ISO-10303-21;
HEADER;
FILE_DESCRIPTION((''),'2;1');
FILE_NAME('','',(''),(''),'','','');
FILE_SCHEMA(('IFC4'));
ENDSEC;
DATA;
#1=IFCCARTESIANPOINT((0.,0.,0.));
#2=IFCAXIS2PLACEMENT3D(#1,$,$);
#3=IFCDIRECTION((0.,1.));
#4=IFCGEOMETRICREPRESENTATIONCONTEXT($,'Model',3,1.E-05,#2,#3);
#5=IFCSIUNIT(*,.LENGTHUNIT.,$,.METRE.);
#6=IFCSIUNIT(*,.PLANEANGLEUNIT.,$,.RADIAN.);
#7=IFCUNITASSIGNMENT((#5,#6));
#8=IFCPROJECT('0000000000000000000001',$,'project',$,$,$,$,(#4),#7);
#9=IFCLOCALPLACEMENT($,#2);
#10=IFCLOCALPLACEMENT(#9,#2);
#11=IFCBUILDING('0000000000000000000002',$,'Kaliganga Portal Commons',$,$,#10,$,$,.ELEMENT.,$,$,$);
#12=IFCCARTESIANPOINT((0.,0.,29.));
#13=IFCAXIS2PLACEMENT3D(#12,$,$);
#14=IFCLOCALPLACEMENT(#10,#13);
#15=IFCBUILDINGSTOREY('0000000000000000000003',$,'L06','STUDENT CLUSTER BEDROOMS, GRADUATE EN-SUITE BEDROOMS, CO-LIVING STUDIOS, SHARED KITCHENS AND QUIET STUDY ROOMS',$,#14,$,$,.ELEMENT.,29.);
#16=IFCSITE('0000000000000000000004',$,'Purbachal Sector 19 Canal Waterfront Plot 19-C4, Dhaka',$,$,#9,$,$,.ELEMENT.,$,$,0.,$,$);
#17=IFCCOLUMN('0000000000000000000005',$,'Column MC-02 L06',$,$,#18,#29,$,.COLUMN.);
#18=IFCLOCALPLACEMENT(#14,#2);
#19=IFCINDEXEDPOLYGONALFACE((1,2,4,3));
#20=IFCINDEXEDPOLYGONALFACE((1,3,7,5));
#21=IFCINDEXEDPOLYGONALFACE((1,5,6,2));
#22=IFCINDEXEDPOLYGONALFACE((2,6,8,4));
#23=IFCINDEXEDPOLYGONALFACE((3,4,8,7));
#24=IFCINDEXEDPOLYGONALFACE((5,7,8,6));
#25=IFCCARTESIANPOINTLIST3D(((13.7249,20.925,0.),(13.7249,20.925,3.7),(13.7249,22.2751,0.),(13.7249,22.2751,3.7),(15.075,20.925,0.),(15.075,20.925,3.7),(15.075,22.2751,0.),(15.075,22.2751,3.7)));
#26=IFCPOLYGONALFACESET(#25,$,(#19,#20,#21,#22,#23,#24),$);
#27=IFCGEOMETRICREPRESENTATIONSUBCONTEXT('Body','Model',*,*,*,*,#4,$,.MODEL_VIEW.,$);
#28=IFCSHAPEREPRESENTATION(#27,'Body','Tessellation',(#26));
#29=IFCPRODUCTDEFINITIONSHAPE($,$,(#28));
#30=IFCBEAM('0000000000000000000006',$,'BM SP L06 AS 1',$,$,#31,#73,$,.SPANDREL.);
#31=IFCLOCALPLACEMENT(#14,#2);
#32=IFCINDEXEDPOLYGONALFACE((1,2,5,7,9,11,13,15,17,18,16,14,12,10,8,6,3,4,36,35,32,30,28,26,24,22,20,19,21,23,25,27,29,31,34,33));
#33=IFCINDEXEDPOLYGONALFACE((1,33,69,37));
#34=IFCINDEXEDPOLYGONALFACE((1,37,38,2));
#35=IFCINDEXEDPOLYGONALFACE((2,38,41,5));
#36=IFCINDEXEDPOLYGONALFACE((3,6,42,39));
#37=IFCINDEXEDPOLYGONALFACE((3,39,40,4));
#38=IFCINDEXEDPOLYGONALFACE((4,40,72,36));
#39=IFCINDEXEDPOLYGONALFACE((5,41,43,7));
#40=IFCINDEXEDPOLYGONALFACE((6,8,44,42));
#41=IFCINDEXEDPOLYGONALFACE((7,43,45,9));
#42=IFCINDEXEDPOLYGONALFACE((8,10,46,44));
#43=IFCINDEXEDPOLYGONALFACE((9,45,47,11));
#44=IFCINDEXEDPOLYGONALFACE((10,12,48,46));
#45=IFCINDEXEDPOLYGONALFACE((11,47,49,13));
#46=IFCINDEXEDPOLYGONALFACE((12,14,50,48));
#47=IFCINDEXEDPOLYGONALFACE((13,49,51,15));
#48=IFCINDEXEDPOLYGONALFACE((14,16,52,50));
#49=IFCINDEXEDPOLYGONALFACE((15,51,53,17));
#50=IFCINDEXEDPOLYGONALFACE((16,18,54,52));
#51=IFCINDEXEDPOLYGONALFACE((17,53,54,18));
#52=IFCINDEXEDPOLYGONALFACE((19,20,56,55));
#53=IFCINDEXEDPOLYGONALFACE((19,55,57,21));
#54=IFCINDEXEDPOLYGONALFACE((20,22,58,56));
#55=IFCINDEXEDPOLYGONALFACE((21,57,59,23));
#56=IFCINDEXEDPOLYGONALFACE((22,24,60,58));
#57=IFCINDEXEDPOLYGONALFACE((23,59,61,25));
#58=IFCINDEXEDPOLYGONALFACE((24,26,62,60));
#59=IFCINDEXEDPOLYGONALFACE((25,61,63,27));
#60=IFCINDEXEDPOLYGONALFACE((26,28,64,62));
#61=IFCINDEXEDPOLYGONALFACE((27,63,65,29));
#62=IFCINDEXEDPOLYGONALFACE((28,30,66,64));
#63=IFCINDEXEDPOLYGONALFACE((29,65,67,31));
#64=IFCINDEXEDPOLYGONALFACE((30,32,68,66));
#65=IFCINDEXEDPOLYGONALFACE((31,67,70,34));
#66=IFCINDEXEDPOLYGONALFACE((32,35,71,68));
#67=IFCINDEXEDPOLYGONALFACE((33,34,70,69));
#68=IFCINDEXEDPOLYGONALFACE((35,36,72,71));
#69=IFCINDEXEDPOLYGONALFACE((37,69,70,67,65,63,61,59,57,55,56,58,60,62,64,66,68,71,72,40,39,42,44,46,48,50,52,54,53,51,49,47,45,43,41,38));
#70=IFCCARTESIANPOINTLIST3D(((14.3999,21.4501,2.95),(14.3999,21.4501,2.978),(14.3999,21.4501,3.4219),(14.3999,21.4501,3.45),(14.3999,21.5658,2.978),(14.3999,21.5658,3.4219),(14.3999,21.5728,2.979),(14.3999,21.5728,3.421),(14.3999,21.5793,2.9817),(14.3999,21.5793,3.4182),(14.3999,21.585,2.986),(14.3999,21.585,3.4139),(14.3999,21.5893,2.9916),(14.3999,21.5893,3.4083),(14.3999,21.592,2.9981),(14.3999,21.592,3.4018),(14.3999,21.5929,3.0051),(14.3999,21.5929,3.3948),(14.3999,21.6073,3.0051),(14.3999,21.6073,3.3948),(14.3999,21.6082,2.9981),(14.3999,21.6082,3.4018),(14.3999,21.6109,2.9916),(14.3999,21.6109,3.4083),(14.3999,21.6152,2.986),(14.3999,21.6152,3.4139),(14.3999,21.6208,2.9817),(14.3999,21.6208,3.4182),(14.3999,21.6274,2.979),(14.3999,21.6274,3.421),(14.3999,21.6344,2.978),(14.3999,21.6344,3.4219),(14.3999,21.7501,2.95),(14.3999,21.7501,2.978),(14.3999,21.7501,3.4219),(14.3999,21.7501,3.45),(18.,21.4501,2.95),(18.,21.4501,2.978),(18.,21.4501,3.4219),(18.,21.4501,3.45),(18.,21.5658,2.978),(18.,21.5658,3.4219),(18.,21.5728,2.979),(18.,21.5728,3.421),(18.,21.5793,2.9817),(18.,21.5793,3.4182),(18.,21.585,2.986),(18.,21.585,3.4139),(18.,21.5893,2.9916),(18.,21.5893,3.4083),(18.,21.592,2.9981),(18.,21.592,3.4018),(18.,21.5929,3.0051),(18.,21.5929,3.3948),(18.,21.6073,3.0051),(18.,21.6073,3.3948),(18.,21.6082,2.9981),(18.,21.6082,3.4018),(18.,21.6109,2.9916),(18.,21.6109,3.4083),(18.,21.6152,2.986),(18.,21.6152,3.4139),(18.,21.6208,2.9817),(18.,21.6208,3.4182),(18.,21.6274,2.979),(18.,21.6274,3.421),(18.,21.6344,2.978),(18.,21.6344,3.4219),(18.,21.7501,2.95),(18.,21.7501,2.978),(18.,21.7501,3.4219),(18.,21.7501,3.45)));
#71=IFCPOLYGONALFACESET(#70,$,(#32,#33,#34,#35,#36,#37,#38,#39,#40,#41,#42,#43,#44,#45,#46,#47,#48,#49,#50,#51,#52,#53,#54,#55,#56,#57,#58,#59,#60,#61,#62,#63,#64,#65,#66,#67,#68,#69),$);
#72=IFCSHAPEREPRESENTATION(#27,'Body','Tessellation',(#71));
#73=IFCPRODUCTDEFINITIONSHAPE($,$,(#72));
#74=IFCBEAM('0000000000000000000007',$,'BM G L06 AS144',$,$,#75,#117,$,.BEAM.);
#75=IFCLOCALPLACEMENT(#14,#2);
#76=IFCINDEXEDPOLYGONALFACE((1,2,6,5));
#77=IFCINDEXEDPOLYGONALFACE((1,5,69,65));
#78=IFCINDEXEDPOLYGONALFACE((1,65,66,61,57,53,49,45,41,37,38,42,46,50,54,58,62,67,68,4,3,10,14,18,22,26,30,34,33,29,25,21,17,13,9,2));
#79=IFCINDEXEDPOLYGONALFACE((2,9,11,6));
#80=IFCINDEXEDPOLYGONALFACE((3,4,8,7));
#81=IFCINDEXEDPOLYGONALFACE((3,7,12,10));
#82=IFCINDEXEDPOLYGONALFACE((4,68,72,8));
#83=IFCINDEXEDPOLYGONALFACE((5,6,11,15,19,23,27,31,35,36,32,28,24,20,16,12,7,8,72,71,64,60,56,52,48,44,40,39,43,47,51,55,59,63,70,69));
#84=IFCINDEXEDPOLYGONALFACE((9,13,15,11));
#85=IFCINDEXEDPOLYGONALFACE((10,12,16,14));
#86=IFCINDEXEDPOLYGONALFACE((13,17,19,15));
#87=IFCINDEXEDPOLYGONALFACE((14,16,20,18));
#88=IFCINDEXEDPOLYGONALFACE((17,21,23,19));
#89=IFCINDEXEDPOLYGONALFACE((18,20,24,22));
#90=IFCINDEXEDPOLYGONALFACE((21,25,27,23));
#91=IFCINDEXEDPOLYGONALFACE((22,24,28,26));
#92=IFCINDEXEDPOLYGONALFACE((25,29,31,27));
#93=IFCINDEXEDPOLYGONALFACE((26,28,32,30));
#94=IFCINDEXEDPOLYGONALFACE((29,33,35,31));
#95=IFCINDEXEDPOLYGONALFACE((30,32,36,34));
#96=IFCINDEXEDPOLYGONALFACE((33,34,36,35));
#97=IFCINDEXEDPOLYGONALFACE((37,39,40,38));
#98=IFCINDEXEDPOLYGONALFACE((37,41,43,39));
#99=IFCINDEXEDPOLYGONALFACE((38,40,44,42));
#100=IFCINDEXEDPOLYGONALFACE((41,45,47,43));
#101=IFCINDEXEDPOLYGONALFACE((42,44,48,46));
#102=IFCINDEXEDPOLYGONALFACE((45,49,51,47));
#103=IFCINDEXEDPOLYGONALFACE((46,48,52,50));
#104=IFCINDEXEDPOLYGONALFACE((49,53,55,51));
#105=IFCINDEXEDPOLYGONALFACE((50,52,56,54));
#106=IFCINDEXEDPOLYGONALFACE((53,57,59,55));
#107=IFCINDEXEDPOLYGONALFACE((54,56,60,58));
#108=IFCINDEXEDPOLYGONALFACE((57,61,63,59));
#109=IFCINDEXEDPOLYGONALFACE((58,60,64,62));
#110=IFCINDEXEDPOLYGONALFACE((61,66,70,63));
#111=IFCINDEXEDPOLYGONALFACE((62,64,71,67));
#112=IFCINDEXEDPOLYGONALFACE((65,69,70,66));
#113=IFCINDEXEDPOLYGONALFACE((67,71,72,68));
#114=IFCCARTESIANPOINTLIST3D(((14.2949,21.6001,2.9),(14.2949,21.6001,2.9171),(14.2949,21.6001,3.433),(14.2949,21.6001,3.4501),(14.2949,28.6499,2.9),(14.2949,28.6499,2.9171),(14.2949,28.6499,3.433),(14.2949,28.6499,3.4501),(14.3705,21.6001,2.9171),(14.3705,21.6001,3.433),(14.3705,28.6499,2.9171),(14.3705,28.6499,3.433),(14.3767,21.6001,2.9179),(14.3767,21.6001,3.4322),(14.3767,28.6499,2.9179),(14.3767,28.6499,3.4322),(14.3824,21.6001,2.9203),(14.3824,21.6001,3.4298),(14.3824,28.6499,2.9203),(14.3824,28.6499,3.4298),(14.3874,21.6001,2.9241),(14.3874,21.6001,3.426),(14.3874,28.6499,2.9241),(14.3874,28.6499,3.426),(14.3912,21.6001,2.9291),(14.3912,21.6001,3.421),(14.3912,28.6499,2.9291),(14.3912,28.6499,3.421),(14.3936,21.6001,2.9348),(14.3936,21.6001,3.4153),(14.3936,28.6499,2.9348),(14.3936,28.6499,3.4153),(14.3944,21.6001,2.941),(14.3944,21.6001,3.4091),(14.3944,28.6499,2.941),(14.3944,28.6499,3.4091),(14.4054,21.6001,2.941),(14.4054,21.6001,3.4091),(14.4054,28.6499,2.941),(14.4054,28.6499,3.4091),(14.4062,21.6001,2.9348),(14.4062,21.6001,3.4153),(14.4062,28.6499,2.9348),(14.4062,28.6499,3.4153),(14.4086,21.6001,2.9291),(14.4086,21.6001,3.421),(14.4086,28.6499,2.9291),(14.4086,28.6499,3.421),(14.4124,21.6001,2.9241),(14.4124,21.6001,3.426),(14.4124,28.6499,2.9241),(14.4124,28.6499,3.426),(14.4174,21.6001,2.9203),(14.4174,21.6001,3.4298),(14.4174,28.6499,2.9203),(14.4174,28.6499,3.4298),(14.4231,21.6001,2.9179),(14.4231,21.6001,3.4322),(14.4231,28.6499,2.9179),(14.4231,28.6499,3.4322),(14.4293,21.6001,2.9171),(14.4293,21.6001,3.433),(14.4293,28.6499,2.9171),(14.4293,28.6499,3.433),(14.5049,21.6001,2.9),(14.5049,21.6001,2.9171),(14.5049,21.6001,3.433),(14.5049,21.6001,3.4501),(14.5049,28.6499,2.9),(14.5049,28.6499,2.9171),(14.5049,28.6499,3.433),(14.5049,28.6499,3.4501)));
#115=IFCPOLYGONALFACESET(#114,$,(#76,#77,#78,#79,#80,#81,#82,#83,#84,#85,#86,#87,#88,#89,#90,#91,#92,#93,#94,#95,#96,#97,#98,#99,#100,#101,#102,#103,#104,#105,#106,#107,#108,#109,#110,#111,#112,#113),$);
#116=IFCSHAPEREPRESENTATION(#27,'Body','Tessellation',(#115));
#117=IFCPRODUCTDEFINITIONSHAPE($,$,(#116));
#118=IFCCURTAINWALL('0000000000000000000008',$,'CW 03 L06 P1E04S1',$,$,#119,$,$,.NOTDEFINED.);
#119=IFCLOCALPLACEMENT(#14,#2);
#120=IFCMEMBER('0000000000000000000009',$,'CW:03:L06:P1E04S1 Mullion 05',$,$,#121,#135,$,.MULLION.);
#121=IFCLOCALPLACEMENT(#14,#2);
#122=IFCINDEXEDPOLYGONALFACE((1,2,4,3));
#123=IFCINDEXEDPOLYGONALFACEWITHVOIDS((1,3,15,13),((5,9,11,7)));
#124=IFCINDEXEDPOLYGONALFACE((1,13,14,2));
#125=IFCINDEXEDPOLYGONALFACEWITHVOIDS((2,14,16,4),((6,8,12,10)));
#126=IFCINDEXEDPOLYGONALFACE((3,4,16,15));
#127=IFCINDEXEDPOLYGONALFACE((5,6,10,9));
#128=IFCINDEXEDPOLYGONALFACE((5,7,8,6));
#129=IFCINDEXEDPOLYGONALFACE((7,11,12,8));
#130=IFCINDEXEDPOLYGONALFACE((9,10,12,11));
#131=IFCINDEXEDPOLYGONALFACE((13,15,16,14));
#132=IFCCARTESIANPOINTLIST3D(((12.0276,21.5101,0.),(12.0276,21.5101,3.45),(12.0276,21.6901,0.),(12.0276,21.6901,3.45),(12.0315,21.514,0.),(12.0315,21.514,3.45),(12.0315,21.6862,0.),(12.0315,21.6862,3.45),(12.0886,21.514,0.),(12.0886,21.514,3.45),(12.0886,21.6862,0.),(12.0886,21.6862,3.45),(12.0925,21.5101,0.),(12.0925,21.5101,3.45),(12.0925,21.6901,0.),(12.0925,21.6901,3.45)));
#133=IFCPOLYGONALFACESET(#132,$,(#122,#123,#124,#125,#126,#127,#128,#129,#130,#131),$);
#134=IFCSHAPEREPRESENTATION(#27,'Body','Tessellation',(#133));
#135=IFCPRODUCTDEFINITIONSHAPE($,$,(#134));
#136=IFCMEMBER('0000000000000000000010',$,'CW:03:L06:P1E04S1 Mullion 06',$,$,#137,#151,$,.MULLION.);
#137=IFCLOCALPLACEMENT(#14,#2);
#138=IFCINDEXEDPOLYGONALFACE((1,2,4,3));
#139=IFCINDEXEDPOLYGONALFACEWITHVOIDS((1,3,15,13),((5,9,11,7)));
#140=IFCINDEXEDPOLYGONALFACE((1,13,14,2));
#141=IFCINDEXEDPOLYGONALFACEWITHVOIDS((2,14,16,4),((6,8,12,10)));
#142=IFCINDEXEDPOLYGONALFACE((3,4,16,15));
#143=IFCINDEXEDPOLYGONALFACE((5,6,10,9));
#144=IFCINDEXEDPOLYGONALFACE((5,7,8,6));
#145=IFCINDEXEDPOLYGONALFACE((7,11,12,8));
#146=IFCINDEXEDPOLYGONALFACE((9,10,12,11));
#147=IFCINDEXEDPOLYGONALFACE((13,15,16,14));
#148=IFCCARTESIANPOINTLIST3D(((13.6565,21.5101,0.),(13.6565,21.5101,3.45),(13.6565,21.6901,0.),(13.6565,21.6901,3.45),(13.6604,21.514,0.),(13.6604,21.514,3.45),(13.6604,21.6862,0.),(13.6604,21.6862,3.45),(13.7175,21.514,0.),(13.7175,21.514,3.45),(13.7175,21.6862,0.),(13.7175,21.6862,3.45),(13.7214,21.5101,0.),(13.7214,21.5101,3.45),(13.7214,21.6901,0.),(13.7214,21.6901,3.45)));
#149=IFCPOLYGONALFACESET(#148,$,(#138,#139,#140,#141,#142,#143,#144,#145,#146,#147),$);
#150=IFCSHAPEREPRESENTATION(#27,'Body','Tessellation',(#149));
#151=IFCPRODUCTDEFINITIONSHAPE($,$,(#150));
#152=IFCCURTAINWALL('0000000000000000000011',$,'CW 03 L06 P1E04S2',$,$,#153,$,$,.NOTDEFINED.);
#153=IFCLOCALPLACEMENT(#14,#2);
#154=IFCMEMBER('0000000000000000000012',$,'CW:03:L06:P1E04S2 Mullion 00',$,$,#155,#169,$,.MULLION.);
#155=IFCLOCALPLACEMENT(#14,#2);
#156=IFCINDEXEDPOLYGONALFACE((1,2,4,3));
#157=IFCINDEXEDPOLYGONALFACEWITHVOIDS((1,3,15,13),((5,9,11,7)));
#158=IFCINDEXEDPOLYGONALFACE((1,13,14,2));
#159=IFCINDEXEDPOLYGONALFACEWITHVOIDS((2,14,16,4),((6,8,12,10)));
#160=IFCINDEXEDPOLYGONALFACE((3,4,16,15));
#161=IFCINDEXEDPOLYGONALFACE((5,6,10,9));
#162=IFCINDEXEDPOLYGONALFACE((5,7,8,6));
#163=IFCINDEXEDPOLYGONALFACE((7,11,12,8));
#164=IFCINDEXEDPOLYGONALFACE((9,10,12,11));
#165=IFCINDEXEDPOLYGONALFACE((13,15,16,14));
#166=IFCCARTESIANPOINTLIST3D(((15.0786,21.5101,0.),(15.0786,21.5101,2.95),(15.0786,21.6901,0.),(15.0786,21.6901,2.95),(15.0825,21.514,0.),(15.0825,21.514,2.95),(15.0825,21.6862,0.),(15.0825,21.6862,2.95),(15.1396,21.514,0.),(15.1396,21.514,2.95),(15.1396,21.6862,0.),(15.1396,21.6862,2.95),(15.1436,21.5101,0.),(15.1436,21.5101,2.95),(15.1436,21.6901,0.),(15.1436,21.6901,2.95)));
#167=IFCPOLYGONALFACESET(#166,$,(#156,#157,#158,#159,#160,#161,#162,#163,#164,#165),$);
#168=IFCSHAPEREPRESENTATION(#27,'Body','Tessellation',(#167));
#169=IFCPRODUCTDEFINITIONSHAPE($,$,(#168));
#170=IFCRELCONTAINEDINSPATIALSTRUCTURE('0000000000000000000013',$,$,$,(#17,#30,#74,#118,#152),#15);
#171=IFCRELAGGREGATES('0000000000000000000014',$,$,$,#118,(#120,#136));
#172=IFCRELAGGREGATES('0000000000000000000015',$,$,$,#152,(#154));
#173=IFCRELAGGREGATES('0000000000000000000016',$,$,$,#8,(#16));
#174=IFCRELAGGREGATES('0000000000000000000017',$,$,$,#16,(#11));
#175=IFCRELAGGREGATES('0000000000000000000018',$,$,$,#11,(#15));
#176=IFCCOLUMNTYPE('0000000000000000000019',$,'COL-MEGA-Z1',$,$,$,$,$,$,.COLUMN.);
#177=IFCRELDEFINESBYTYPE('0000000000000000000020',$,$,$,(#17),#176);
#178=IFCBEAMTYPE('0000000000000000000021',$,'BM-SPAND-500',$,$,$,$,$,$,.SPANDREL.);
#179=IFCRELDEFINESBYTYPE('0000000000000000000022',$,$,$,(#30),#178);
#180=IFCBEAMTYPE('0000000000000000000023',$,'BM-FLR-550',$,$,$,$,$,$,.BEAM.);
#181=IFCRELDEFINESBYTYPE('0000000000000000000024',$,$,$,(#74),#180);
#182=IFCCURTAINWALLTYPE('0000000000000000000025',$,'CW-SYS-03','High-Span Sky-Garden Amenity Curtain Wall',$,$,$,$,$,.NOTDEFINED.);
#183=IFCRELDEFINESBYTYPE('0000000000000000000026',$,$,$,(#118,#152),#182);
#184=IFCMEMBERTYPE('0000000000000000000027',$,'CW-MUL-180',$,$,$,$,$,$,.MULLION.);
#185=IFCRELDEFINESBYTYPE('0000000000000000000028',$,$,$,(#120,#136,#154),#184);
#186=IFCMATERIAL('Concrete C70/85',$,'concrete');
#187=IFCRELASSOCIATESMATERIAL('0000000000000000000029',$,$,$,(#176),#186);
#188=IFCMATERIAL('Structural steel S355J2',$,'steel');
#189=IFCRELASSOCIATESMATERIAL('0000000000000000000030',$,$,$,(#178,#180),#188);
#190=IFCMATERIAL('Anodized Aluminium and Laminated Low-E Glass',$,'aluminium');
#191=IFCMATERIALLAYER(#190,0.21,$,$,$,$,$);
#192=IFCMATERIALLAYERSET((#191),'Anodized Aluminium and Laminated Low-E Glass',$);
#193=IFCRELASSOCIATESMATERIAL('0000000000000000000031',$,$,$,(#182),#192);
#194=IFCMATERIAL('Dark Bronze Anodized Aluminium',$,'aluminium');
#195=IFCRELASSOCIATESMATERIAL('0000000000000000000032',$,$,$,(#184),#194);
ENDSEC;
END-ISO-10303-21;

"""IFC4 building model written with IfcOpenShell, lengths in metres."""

from ifc_helpers import new_model, si_unit, direction, frame, origin, origin_2d, place, context, subcontext, project, spatial, rectangle, hollow_rectangle, i_section, extrude, source, transform, mapped, material, layer, layer_set, material_profile, profile_set, type_object, element, aggregate, save


model = new_model("IFC4")

# Units and contexts
model_context = context("Model", 3, precision=1e-05, world=origin(), true_north=direction((0.0, 1.0)))
body_context = subcontext(model_context, "Body", "Model", "MODEL_VIEW")
ifc_project = project(units=[si_unit("LENGTHUNIT", "METRE"), si_unit("PLANEANGLEUNIT", "RADIAN")], contexts=[model_context])

# Site, building, storey
site_placement = place(None, origin())
site = spatial("IfcSite", under=ifc_project, at=site_placement, Name="Purbachal Sector 19 Canal Waterfront Plot 19-C4, Dhaka", CompositionType="ELEMENT", RefElevation=0.0)
building_placement = place(site_placement, origin())
building = spatial("IfcBuilding", under=site, at=building_placement, Name="Kaliganga Portal Commons", CompositionType="ELEMENT")
storey_placement = place(building_placement, frame((0.0, 0.0, 29.0)))
storey = spatial("IfcBuildingStorey", under=building, at=storey_placement, Name="L06", Description="STUDENT CLUSTER BEDROOMS, GRADUATE EN-SUITE BEDROOMS, CO-LIVING STUDIOS, SHARED KITCHENS AND QUIET STUDY ROOMS", CompositionType="ELEMENT", Elevation=29.0)

# Column
ifc_material_1 = material(Name="Concrete C70/85", Category="concrete")
ifc_material_profile_1 = material_profile(ifc_material_1, rectangle(XDim=1.3501, YDim=1.3501, at=origin_2d()), Name="RC 1350x1350")
ifc_profile_set_1 = profile_set([ifc_material_profile_1], Name="Concrete C70/85")
column_type = type_object("IfcColumnType", Name="COL-MEGA-Z1", PredefinedType="COLUMN", material=ifc_profile_set_1)
shared_shape_1 = source(origin(), body_context, "Body", "SweptSolid", [
    extrude(rectangle(XDim=1.3501, YDim=1.3501, at=origin_2d()), origin(), (0.0, 0.0, 1.0), 3.7),
])
column_placement = place(storey_placement, frame((14.3999, 21.6001, 0.0), z_axis=(0.0, 0.0, 1.0), x_axis=(1.0, 0.0, 0.0)))
element("IfcColumn", 1, at=column_placement, inside=storey, type_object=column_type, Name="Column MC-02 L06", PredefinedType="COLUMN", context=body_context, shape_type="MappedRepresentation", body=[
    mapped(shared_shape_1, transform((0.0, 0.0, 0.0), x_axis=(1.0, 0.0, 0.0), y_axis=(0.0, 1.0, 0.0), z_axis=(0.0, 0.0, 1.0), scale=1.0)),
])

# Beams
ifc_material_2 = material(Name="Structural steel S355J2", Category="steel")
ifc_material_profile_2 = material_profile(ifc_material_2, i_section(OverallWidth=0.3, OverallDepth=0.5, WebThickness=0.0144, FlangeThickness=0.0281, FilletRadius=0.0271, at=origin_2d()), Name="HE 500 B")
ifc_profile_set_2 = profile_set([ifc_material_profile_2], Name="Structural steel S355J2 wide-flange")
beam_type_1 = type_object("IfcBeamType", Name="BM-SPAND-500", PredefinedType="SPANDREL", material=ifc_profile_set_2)
shared_shape_2 = source(origin(), body_context, "Body", "SweptSolid", [
    extrude(i_section(OverallWidth=0.3, OverallDepth=0.5, WebThickness=0.0144, FlangeThickness=0.0281, FilletRadius=0.0271, at=origin_2d()), origin(), (0.0, 0.0, 1.0), 3.6001),
])
beam_1_placement = place(storey_placement, frame((14.3999, 21.6001, 3.2), z_axis=(1.0, 0.0, 0.0), x_axis=(0.0, 1.0, 0.0)))
element("IfcBeam", 2, at=beam_1_placement, inside=storey, type_object=beam_type_1, Name="BM SP L06 AS 1", PredefinedType="SPANDREL", context=body_context, shape_type="MappedRepresentation", body=[
    mapped(shared_shape_2, transform((0.0, 0.0, 0.0), x_axis=(1.0, 0.0, 0.0), y_axis=(0.0, 1.0, 0.0), z_axis=(0.0, 0.0, 1.0), scale=1.0)),
])
ifc_material_profile_3 = material_profile(ifc_material_2, i_section(OverallWidth=0.21, OverallDepth=0.55, WebThickness=0.011, FlangeThickness=0.0171, FilletRadius=0.0239, at=origin_2d()), Name="IPE 550")
ifc_profile_set_3 = profile_set([ifc_material_profile_3], Name="Structural steel S355J2 wide-flange")
beam_type_2 = type_object("IfcBeamType", Name="BM-FLR-550", PredefinedType="BEAM", material=ifc_profile_set_3)
shared_shape_3 = source(origin(), body_context, "Body", "SweptSolid", [
    extrude(i_section(OverallWidth=0.21, OverallDepth=0.55, WebThickness=0.011, FlangeThickness=0.0171, FilletRadius=0.0239, at=origin_2d()), origin(), (0.0, 0.0, 1.0), 7.0498),
])
beam_2_placement = place(storey_placement, frame((14.3999, 21.6001, 3.175), z_axis=(0.0, 1.0, 0.0), x_axis=(-1.0, 0.0, 0.0)))
element("IfcBeam", 3, at=beam_2_placement, inside=storey, type_object=beam_type_2, Name="BM G L06 AS144", PredefinedType="BEAM", context=body_context, shape_type="MappedRepresentation", body=[
    mapped(shared_shape_3, transform((0.0, 0.0, 0.0), x_axis=(1.0, 0.0, 0.0), y_axis=(0.0, 1.0, 0.0), z_axis=(0.0, 0.0, 1.0), scale=1.0)),
])

# Curtain walls, members
ifc_material_3 = material(Name="Anodized Aluminium and Laminated Low-E Glass", Category="aluminium")
ifc_layer_1 = layer(ifc_material_3, 0.21)
ifc_layer_set_1 = layer_set([ifc_layer_1], Name="Anodized Aluminium and Laminated Low-E Glass")
curtain_wall_type = type_object("IfcCurtainWallType", Name="CW-SYS-03", Description="High-Span Sky-Garden Amenity Curtain Wall", PredefinedType="NOTDEFINED", material=ifc_layer_set_1)
curtain_wall_1_placement = place(storey_placement, origin())
curtain_wall_1 = element("IfcCurtainWall", 4, at=curtain_wall_1_placement, inside=storey, type_object=curtain_wall_type, Name="CW 03 L06 P1E04S1", PredefinedType="NOTDEFINED")
ifc_material_4 = material(Name="Dark Bronze Anodized Aluminium", Category="aluminium")
ifc_material_profile_4 = material_profile(ifc_material_4, hollow_rectangle(XDim=0.0649, YDim=0.1799, WallThickness=0.0039, at=origin_2d()), Name="ALU MULL 65x180x4")
ifc_profile_set_4 = profile_set([ifc_material_profile_4], Name="Dark Bronze Anodized Aluminium")
member_type_1 = type_object("IfcMemberType", Name="CW-MUL-180", PredefinedType="MULLION", material=ifc_profile_set_4)
shared_shape_4 = source(origin(), body_context, "Body", "SweptSolid", [
    extrude(hollow_rectangle(XDim=0.0649, YDim=0.1799, WallThickness=0.0039, at=origin_2d()), origin(), (0.0, 0.0, 1.0), 3.45),
])
member_1_placement = place(storey_placement, frame((12.0601, 21.6001, 0.0), z_axis=(0.0, 0.0, 1.0), x_axis=(1.0, 0.0, 0.0)))
member_1 = element("IfcMember", 5, at=member_1_placement, type_object=member_type_1, Name="CW:03:L06:P1E04S1 Mullion 05", PredefinedType="MULLION", context=body_context, shape_type="MappedRepresentation", body=[
    mapped(shared_shape_4, transform((0.0, 0.0, 0.0), x_axis=(1.0, 0.0, 0.0), y_axis=(0.0, 1.0, 0.0), z_axis=(0.0, 0.0, 1.0), scale=1.0)),
])
member_2_placement = place(storey_placement, frame((13.689, 21.6001, 0.0), z_axis=(0.0, 0.0, 1.0), x_axis=(1.0, 0.0, 0.0)))
member_2 = element("IfcMember", 6, at=member_2_placement, type_object=member_type_1, Name="CW:03:L06:P1E04S1 Mullion 06", PredefinedType="MULLION", context=body_context, shape_type="MappedRepresentation", body=[
    mapped(shared_shape_4, transform((0.0, 0.0, 0.0), x_axis=(1.0, 0.0, 0.0), y_axis=(0.0, 1.0, 0.0), z_axis=(0.0, 0.0, 1.0), scale=1.0)),
])
curtain_wall_2_placement = place(storey_placement, origin())
curtain_wall_2 = element("IfcCurtainWall", 7, at=curtain_wall_2_placement, inside=storey, type_object=curtain_wall_type, Name="CW 03 L06 P1E04S2", PredefinedType="NOTDEFINED")
shared_shape_5 = source(origin(), body_context, "Body", "SweptSolid", [
    extrude(hollow_rectangle(XDim=0.0649, YDim=0.1799, WallThickness=0.0039, at=origin_2d()), origin(), (0.0, 0.0, 1.0), 2.95),
])
member_3_placement = place(storey_placement, frame((15.1111, 21.6001, 0.0), z_axis=(0.0, 0.0, 1.0), x_axis=(1.0, 0.0, 0.0)))
member_3 = element("IfcMember", 8, at=member_3_placement, type_object=member_type_1, Name="CW:03:L06:P1E04S2 Mullion 00", PredefinedType="MULLION", context=body_context, shape_type="MappedRepresentation", body=[
    mapped(shared_shape_5, transform((0.0, 0.0, 0.0), x_axis=(1.0, 0.0, 0.0), y_axis=(0.0, 1.0, 0.0), z_axis=(0.0, 0.0, 1.0), scale=1.0)),
])

aggregate(curtain_wall_1, [member_1, member_2])
aggregate(curtain_wall_2, [member_3])

save(model, "model.ifc")
